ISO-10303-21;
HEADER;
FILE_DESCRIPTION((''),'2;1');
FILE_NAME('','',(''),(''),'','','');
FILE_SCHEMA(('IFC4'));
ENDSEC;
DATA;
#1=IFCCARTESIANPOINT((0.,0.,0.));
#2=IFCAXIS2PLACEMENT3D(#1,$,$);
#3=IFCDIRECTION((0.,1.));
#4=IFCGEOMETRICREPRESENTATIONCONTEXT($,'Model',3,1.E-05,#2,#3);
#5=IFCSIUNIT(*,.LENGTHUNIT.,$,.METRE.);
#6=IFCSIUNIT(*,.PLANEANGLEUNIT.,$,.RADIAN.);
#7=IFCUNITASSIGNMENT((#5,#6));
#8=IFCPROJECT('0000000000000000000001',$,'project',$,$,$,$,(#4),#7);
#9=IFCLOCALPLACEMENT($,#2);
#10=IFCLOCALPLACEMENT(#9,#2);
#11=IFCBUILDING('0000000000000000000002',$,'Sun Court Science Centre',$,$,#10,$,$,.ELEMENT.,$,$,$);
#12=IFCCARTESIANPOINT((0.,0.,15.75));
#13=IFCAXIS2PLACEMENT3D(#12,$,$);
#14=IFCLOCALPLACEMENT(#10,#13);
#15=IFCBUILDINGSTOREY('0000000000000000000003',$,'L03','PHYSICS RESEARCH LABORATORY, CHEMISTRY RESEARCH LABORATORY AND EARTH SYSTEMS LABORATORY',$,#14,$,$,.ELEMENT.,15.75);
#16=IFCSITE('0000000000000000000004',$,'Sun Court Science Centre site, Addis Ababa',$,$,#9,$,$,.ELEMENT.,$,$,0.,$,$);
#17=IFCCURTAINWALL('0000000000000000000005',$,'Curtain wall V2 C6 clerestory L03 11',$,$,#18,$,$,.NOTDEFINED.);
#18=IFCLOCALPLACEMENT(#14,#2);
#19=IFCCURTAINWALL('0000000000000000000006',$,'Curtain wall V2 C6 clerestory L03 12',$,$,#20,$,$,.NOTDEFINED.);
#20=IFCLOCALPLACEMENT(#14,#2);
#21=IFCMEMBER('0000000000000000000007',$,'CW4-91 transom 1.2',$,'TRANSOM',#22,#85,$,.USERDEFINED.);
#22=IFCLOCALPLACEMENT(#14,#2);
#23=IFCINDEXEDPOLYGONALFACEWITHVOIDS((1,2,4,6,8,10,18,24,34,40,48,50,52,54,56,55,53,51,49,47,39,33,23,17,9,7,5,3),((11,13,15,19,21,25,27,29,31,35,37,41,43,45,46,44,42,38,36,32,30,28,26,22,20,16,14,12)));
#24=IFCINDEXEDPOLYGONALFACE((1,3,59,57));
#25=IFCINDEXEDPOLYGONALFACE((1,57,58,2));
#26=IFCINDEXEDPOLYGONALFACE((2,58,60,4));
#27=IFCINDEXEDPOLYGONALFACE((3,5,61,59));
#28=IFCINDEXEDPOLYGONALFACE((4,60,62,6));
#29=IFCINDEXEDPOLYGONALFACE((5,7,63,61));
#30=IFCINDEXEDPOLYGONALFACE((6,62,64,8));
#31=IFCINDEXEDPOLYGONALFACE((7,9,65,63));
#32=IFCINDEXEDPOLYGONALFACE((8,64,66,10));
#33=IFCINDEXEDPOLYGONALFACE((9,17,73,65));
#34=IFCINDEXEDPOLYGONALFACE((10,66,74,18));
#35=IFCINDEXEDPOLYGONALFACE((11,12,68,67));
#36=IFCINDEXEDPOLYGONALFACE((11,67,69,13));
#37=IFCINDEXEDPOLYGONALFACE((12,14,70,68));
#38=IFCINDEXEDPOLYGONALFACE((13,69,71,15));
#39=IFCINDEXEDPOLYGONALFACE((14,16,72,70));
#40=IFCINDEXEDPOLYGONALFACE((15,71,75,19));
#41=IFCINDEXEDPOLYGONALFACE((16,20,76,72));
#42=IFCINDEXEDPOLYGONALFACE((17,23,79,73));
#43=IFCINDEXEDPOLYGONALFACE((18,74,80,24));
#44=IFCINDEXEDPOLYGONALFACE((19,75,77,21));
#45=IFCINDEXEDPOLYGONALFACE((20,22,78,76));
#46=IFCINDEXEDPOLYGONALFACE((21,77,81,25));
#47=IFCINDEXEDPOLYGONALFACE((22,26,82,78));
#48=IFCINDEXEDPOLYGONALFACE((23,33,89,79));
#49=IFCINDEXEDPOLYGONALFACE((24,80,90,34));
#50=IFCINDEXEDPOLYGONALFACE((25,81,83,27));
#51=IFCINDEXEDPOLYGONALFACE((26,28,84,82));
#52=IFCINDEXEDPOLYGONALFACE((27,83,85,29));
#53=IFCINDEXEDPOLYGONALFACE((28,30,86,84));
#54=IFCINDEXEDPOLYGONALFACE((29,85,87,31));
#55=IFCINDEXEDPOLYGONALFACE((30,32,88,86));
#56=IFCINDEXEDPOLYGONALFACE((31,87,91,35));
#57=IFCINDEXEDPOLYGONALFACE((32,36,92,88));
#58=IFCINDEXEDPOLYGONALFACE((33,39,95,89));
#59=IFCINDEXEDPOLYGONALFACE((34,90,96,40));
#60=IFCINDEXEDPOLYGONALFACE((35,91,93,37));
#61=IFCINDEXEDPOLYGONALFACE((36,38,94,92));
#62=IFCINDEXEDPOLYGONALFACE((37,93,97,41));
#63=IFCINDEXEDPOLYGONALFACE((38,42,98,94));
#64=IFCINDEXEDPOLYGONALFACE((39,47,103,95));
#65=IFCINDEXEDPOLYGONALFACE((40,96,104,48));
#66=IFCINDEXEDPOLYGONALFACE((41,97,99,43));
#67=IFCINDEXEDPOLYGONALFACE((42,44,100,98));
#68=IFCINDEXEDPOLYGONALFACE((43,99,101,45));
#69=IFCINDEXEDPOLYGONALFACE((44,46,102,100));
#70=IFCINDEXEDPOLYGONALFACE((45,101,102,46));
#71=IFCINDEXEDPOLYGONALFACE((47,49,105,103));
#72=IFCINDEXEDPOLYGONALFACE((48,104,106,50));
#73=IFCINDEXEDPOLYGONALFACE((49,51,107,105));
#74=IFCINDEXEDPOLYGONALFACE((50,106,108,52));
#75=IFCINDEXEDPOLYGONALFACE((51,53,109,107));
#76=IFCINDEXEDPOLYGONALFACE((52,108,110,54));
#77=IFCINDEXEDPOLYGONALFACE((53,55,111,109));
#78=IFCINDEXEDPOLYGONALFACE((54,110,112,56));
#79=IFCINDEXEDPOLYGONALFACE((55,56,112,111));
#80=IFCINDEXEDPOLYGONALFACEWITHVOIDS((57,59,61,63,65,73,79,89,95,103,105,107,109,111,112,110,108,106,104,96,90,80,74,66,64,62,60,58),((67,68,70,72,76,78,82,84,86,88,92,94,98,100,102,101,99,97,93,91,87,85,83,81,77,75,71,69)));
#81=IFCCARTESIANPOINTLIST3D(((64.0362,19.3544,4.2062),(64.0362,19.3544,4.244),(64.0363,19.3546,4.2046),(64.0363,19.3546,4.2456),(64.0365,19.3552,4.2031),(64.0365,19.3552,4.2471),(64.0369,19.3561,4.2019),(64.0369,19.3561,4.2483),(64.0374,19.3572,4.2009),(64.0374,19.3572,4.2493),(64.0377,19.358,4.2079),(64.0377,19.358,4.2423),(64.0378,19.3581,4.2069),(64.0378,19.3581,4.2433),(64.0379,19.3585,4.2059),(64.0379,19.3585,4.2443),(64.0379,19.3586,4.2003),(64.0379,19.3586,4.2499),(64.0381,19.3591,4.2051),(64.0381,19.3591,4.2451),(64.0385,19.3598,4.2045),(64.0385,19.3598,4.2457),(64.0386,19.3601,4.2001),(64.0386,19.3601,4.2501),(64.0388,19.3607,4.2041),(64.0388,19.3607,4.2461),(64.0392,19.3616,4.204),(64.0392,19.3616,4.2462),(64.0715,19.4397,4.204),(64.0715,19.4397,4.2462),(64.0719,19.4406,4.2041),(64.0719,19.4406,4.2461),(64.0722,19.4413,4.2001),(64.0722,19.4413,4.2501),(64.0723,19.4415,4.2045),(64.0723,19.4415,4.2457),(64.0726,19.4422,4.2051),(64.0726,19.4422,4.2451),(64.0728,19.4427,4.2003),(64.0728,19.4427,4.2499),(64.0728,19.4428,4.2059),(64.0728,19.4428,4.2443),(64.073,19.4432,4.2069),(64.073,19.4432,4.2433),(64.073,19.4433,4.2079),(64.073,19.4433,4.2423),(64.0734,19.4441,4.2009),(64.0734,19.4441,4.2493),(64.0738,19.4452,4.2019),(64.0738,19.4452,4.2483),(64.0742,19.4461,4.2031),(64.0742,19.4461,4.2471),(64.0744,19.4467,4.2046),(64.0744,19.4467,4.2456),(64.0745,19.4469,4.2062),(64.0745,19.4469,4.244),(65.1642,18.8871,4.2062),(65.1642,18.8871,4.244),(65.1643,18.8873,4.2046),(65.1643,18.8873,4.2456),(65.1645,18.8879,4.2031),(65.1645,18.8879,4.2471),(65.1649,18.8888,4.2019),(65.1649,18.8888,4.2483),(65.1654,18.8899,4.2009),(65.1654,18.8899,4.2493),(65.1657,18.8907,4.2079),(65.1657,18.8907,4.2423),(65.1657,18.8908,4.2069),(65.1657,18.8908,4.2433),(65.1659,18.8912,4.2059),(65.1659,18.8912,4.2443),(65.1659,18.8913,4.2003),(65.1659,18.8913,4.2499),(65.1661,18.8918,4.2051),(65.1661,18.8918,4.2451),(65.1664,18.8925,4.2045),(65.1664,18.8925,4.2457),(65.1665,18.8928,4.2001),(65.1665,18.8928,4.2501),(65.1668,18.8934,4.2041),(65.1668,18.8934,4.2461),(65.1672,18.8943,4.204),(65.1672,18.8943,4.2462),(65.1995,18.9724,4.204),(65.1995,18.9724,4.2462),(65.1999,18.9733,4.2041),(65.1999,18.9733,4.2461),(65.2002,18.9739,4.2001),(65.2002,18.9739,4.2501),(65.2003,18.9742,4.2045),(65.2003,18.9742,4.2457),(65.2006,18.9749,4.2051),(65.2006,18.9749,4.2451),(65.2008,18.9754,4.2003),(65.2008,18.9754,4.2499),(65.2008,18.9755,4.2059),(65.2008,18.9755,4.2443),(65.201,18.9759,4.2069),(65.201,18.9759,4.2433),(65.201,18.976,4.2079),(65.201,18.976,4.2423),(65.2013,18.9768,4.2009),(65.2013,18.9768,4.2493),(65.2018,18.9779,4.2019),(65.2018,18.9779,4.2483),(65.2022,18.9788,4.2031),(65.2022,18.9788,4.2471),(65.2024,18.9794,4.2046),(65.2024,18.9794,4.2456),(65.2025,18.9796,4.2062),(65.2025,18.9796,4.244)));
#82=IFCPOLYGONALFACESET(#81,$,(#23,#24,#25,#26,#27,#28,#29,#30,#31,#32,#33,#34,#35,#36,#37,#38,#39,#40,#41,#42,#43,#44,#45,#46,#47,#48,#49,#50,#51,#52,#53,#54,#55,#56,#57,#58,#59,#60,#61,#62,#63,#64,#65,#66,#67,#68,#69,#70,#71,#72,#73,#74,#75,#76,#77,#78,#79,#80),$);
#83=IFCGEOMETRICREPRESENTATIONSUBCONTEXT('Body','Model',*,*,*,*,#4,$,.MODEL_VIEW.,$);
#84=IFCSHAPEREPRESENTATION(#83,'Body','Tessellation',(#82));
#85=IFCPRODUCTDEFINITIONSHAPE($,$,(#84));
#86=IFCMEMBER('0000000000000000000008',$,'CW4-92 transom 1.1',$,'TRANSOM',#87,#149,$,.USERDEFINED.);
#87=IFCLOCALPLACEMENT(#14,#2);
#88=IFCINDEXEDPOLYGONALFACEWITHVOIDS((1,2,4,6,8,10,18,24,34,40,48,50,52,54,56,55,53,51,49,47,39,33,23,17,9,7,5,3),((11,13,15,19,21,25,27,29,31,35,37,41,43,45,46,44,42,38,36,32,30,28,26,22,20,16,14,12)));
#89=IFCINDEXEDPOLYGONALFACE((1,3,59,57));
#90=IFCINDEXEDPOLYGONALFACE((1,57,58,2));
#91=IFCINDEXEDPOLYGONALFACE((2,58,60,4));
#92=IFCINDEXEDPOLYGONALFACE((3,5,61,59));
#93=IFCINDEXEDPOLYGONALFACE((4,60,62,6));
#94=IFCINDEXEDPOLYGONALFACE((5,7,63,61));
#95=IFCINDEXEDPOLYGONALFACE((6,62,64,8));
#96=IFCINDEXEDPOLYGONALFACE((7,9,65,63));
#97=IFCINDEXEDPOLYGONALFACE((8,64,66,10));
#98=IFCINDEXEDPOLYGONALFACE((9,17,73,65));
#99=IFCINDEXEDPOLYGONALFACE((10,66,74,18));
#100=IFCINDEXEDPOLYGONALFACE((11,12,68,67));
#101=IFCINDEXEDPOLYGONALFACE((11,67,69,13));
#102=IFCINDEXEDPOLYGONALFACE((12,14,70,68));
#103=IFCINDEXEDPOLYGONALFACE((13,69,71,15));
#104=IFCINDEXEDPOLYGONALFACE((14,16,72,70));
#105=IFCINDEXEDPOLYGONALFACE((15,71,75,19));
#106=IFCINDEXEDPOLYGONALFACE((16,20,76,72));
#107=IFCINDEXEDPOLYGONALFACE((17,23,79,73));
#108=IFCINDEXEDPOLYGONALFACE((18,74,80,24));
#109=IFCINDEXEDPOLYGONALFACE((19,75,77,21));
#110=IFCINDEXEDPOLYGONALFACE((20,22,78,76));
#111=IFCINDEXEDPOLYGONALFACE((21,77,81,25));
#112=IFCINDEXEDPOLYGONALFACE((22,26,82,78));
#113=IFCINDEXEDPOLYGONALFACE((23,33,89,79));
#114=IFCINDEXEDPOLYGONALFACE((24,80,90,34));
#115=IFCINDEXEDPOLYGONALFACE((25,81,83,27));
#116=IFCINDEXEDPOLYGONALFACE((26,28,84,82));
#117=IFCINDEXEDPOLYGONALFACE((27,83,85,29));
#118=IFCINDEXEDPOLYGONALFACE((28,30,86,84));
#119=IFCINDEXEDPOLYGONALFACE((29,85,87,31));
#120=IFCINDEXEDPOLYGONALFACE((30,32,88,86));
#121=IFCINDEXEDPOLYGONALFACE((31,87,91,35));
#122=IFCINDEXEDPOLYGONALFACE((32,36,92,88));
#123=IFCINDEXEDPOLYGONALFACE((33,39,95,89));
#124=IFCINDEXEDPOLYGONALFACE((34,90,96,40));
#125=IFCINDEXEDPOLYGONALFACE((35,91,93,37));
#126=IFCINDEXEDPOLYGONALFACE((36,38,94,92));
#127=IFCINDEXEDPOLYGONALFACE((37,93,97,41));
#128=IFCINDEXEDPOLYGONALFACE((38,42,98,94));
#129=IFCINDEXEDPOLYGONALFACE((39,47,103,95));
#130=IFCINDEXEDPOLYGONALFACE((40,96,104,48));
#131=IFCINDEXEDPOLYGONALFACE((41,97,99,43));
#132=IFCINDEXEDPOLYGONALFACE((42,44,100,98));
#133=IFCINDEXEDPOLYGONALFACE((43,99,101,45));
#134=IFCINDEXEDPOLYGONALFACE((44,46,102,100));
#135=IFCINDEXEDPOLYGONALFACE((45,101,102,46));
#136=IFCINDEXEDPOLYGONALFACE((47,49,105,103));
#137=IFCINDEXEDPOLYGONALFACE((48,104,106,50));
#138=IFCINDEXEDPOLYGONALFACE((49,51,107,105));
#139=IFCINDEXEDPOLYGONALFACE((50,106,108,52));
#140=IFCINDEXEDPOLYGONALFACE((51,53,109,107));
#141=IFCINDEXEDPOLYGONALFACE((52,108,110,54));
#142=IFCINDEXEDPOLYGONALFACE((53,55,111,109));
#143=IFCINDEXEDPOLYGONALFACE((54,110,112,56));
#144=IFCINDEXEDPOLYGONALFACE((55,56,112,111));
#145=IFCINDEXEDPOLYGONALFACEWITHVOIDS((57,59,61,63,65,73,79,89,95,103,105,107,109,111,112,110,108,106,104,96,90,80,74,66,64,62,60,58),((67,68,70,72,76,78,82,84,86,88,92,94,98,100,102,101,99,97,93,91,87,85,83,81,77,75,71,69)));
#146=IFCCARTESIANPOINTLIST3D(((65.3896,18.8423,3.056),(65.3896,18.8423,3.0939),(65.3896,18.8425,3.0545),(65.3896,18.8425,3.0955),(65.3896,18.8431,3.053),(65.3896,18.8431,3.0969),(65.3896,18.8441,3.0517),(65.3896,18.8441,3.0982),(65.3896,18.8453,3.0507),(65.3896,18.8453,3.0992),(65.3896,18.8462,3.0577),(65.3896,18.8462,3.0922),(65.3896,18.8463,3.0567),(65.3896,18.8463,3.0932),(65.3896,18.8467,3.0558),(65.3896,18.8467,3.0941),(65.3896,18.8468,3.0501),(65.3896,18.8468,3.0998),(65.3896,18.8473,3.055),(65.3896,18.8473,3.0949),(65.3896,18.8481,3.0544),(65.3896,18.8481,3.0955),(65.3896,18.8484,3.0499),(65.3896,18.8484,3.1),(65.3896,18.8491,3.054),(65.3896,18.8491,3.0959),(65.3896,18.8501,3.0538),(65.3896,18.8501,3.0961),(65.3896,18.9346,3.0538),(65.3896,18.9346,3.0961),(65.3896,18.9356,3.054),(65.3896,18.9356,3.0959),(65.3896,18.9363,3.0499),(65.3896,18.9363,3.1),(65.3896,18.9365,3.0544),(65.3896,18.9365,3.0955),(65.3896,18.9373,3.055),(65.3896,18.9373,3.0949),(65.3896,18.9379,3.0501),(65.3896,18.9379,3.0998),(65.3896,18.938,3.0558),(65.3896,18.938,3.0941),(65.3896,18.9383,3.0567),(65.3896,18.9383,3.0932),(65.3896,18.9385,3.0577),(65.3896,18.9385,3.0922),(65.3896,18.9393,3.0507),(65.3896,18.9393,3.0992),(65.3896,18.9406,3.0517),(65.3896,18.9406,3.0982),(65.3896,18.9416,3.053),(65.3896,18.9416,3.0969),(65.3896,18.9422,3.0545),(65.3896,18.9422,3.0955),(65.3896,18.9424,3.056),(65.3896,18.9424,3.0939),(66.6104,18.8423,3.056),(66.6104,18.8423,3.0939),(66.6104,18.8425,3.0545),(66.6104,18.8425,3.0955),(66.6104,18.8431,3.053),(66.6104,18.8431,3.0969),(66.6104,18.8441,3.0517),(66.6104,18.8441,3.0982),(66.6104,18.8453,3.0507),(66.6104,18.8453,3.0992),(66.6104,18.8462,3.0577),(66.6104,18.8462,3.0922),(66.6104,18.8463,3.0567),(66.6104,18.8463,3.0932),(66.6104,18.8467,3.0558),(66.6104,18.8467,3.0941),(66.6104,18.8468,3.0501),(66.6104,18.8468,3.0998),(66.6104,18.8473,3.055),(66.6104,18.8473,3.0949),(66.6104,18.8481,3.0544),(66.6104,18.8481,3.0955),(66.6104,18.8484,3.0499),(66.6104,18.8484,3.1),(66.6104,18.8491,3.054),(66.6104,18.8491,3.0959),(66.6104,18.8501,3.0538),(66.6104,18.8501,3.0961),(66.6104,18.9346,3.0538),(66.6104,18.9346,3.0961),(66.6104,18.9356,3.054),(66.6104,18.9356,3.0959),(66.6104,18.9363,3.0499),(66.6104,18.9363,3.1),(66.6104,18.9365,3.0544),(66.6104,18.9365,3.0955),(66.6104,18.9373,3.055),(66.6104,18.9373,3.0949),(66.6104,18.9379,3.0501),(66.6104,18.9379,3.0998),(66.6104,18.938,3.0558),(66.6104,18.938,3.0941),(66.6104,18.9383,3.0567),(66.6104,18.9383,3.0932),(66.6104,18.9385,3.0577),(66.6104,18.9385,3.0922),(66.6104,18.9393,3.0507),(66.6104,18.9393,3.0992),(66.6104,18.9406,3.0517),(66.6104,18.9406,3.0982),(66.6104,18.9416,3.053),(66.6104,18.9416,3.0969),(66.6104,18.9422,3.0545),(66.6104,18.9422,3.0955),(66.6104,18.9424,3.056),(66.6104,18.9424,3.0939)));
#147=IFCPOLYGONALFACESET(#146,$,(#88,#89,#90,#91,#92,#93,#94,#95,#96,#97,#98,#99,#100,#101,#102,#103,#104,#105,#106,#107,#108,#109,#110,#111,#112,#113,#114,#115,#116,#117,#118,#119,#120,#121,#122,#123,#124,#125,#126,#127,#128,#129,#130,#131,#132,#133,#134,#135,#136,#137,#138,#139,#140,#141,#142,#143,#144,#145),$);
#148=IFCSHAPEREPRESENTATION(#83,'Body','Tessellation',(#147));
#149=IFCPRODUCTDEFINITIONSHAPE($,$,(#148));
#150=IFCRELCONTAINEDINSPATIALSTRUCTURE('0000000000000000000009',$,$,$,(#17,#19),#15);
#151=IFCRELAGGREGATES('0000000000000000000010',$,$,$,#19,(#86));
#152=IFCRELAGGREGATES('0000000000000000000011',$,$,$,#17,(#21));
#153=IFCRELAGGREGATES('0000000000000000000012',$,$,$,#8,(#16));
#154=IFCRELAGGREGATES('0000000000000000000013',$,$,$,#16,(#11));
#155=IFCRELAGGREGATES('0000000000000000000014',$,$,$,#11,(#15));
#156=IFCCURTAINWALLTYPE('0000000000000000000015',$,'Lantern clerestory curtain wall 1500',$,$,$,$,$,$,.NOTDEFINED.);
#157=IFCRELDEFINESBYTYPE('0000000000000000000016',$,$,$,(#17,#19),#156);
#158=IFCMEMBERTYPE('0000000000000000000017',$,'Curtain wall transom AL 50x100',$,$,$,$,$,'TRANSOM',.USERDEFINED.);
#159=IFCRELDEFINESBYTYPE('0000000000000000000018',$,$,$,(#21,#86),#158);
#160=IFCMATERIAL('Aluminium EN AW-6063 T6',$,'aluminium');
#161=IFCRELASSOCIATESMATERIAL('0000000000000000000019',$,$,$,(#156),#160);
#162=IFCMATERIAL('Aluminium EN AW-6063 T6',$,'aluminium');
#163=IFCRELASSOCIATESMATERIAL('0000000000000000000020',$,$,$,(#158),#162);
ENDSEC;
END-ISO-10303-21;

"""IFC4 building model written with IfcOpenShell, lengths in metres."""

from ifc_helpers import new_model, si_unit, direction, frame, origin, origin_2d, place, context, subcontext, project, spatial, hollow_rectangle, extrude, material, material_profile, profile_set, type_object, element, aggregate, save


model = new_model("IFC4")

# Units and contexts
model_context = context("Model", 3, precision=1e-05, world=origin(), true_north=direction((0.0, 1.0)))
body_context = subcontext(model_context, "Body", "Model", "MODEL_VIEW")
ifc_project = project(units=[si_unit("LENGTHUNIT", "METRE"), si_unit("PLANEANGLEUNIT", "RADIAN")], contexts=[model_context])

# Site, building, storey
site_placement = place(None, origin())
site = spatial("IfcSite", under=ifc_project, at=site_placement, Name="Sun Court Science Centre site, Addis Ababa", CompositionType="ELEMENT", RefElevation=0.0)
building_placement = place(site_placement, origin())
building = spatial("IfcBuilding", under=site, at=building_placement, Name="Sun Court Science Centre", CompositionType="ELEMENT")
storey_placement = place(building_placement, frame((0.0, 0.0, 15.75)))
storey = spatial("IfcBuildingStorey", under=building, at=storey_placement, Name="L03", Description="PHYSICS RESEARCH LABORATORY, CHEMISTRY RESEARCH LABORATORY AND EARTH SYSTEMS LABORATORY", CompositionType="ELEMENT", Elevation=15.75)

# Curtain walls
ifc_material_1 = material(Name="Aluminium EN AW-6063 T6", Category="aluminium")
curtain_wall_type = type_object("IfcCurtainWallType", Name="Lantern clerestory curtain wall 1500", PredefinedType="NOTDEFINED", material=ifc_material_1)
curtain_wall_1_placement = place(storey_placement, origin())
curtain_wall_1 = element("IfcCurtainWall", 1, at=curtain_wall_1_placement, inside=storey, type_object=curtain_wall_type, Name="Curtain wall V2 C6 clerestory L03 11", PredefinedType="NOTDEFINED")
curtain_wall_2_placement = place(storey_placement, origin())
curtain_wall_2 = element("IfcCurtainWall", 2, at=curtain_wall_2_placement, inside=storey, type_object=curtain_wall_type, Name="Curtain wall V2 C6 clerestory L03 12", PredefinedType="NOTDEFINED")

# Members
ifc_material_2 = material(Name="Aluminium EN AW-6063 T6", Category="aluminium")
ifc_material_profile_1 = material_profile(ifc_material_2, hollow_rectangle(XDim=0.05, YDim=0.1001, WallThickness=0.0039, InnerFilletRadius=0.0039, OuterFilletRadius=0.0061, at=origin_2d()), Name="AL 50x100x4")
ifc_profile_set_1 = profile_set([ifc_material_profile_1], Name="Aluminium EN AW-6063 T6")
member_type_1 = type_object("IfcMemberType", Name="Curtain wall transom AL 50x100", ElementType="TRANSOM", PredefinedType="USERDEFINED", material=ifc_profile_set_1)
member_1_placement = place(storey_placement, frame((65.1833, 18.9333, 4.2251), z_axis=(-0.923856, 0.38274, 0.0), x_axis=(0.0, 0.0, 1.0)))
member_1 = element("IfcMember", 3, at=member_1_placement, type_object=member_type_1, Name="CW4-91 transom 1.2", ObjectType="TRANSOM", PredefinedType="USERDEFINED", context=body_context, shape_type="SweptSolid", body=[
    extrude(hollow_rectangle(XDim=0.05, YDim=0.1001, WallThickness=0.0039, InnerFilletRadius=0.0039, OuterFilletRadius=0.0061, at=origin_2d()), origin(), (0.0, 0.0, 1.0), 1.2209),
])
member_2_placement = place(storey_placement, frame((66.6104, 18.8923, 3.075), z_axis=(-1.0, 0.0, 0.0), x_axis=(0.0, 0.0, 1.0)))
member_2 = element("IfcMember", 4, at=member_2_placement, type_object=member_type_1, Name="CW4-92 transom 1.1", ObjectType="TRANSOM", PredefinedType="USERDEFINED", context=body_context, shape_type="SweptSolid", body=[
    extrude(hollow_rectangle(XDim=0.05, YDim=0.1001, WallThickness=0.0039, InnerFilletRadius=0.0039, OuterFilletRadius=0.0061, at=origin_2d()), origin(), (0.0, 0.0, 1.0), 1.2207),
])
aggregate(curtain_wall_2, [member_2])

aggregate(curtain_wall_1, [member_1])

save(model, "model.ifc")
